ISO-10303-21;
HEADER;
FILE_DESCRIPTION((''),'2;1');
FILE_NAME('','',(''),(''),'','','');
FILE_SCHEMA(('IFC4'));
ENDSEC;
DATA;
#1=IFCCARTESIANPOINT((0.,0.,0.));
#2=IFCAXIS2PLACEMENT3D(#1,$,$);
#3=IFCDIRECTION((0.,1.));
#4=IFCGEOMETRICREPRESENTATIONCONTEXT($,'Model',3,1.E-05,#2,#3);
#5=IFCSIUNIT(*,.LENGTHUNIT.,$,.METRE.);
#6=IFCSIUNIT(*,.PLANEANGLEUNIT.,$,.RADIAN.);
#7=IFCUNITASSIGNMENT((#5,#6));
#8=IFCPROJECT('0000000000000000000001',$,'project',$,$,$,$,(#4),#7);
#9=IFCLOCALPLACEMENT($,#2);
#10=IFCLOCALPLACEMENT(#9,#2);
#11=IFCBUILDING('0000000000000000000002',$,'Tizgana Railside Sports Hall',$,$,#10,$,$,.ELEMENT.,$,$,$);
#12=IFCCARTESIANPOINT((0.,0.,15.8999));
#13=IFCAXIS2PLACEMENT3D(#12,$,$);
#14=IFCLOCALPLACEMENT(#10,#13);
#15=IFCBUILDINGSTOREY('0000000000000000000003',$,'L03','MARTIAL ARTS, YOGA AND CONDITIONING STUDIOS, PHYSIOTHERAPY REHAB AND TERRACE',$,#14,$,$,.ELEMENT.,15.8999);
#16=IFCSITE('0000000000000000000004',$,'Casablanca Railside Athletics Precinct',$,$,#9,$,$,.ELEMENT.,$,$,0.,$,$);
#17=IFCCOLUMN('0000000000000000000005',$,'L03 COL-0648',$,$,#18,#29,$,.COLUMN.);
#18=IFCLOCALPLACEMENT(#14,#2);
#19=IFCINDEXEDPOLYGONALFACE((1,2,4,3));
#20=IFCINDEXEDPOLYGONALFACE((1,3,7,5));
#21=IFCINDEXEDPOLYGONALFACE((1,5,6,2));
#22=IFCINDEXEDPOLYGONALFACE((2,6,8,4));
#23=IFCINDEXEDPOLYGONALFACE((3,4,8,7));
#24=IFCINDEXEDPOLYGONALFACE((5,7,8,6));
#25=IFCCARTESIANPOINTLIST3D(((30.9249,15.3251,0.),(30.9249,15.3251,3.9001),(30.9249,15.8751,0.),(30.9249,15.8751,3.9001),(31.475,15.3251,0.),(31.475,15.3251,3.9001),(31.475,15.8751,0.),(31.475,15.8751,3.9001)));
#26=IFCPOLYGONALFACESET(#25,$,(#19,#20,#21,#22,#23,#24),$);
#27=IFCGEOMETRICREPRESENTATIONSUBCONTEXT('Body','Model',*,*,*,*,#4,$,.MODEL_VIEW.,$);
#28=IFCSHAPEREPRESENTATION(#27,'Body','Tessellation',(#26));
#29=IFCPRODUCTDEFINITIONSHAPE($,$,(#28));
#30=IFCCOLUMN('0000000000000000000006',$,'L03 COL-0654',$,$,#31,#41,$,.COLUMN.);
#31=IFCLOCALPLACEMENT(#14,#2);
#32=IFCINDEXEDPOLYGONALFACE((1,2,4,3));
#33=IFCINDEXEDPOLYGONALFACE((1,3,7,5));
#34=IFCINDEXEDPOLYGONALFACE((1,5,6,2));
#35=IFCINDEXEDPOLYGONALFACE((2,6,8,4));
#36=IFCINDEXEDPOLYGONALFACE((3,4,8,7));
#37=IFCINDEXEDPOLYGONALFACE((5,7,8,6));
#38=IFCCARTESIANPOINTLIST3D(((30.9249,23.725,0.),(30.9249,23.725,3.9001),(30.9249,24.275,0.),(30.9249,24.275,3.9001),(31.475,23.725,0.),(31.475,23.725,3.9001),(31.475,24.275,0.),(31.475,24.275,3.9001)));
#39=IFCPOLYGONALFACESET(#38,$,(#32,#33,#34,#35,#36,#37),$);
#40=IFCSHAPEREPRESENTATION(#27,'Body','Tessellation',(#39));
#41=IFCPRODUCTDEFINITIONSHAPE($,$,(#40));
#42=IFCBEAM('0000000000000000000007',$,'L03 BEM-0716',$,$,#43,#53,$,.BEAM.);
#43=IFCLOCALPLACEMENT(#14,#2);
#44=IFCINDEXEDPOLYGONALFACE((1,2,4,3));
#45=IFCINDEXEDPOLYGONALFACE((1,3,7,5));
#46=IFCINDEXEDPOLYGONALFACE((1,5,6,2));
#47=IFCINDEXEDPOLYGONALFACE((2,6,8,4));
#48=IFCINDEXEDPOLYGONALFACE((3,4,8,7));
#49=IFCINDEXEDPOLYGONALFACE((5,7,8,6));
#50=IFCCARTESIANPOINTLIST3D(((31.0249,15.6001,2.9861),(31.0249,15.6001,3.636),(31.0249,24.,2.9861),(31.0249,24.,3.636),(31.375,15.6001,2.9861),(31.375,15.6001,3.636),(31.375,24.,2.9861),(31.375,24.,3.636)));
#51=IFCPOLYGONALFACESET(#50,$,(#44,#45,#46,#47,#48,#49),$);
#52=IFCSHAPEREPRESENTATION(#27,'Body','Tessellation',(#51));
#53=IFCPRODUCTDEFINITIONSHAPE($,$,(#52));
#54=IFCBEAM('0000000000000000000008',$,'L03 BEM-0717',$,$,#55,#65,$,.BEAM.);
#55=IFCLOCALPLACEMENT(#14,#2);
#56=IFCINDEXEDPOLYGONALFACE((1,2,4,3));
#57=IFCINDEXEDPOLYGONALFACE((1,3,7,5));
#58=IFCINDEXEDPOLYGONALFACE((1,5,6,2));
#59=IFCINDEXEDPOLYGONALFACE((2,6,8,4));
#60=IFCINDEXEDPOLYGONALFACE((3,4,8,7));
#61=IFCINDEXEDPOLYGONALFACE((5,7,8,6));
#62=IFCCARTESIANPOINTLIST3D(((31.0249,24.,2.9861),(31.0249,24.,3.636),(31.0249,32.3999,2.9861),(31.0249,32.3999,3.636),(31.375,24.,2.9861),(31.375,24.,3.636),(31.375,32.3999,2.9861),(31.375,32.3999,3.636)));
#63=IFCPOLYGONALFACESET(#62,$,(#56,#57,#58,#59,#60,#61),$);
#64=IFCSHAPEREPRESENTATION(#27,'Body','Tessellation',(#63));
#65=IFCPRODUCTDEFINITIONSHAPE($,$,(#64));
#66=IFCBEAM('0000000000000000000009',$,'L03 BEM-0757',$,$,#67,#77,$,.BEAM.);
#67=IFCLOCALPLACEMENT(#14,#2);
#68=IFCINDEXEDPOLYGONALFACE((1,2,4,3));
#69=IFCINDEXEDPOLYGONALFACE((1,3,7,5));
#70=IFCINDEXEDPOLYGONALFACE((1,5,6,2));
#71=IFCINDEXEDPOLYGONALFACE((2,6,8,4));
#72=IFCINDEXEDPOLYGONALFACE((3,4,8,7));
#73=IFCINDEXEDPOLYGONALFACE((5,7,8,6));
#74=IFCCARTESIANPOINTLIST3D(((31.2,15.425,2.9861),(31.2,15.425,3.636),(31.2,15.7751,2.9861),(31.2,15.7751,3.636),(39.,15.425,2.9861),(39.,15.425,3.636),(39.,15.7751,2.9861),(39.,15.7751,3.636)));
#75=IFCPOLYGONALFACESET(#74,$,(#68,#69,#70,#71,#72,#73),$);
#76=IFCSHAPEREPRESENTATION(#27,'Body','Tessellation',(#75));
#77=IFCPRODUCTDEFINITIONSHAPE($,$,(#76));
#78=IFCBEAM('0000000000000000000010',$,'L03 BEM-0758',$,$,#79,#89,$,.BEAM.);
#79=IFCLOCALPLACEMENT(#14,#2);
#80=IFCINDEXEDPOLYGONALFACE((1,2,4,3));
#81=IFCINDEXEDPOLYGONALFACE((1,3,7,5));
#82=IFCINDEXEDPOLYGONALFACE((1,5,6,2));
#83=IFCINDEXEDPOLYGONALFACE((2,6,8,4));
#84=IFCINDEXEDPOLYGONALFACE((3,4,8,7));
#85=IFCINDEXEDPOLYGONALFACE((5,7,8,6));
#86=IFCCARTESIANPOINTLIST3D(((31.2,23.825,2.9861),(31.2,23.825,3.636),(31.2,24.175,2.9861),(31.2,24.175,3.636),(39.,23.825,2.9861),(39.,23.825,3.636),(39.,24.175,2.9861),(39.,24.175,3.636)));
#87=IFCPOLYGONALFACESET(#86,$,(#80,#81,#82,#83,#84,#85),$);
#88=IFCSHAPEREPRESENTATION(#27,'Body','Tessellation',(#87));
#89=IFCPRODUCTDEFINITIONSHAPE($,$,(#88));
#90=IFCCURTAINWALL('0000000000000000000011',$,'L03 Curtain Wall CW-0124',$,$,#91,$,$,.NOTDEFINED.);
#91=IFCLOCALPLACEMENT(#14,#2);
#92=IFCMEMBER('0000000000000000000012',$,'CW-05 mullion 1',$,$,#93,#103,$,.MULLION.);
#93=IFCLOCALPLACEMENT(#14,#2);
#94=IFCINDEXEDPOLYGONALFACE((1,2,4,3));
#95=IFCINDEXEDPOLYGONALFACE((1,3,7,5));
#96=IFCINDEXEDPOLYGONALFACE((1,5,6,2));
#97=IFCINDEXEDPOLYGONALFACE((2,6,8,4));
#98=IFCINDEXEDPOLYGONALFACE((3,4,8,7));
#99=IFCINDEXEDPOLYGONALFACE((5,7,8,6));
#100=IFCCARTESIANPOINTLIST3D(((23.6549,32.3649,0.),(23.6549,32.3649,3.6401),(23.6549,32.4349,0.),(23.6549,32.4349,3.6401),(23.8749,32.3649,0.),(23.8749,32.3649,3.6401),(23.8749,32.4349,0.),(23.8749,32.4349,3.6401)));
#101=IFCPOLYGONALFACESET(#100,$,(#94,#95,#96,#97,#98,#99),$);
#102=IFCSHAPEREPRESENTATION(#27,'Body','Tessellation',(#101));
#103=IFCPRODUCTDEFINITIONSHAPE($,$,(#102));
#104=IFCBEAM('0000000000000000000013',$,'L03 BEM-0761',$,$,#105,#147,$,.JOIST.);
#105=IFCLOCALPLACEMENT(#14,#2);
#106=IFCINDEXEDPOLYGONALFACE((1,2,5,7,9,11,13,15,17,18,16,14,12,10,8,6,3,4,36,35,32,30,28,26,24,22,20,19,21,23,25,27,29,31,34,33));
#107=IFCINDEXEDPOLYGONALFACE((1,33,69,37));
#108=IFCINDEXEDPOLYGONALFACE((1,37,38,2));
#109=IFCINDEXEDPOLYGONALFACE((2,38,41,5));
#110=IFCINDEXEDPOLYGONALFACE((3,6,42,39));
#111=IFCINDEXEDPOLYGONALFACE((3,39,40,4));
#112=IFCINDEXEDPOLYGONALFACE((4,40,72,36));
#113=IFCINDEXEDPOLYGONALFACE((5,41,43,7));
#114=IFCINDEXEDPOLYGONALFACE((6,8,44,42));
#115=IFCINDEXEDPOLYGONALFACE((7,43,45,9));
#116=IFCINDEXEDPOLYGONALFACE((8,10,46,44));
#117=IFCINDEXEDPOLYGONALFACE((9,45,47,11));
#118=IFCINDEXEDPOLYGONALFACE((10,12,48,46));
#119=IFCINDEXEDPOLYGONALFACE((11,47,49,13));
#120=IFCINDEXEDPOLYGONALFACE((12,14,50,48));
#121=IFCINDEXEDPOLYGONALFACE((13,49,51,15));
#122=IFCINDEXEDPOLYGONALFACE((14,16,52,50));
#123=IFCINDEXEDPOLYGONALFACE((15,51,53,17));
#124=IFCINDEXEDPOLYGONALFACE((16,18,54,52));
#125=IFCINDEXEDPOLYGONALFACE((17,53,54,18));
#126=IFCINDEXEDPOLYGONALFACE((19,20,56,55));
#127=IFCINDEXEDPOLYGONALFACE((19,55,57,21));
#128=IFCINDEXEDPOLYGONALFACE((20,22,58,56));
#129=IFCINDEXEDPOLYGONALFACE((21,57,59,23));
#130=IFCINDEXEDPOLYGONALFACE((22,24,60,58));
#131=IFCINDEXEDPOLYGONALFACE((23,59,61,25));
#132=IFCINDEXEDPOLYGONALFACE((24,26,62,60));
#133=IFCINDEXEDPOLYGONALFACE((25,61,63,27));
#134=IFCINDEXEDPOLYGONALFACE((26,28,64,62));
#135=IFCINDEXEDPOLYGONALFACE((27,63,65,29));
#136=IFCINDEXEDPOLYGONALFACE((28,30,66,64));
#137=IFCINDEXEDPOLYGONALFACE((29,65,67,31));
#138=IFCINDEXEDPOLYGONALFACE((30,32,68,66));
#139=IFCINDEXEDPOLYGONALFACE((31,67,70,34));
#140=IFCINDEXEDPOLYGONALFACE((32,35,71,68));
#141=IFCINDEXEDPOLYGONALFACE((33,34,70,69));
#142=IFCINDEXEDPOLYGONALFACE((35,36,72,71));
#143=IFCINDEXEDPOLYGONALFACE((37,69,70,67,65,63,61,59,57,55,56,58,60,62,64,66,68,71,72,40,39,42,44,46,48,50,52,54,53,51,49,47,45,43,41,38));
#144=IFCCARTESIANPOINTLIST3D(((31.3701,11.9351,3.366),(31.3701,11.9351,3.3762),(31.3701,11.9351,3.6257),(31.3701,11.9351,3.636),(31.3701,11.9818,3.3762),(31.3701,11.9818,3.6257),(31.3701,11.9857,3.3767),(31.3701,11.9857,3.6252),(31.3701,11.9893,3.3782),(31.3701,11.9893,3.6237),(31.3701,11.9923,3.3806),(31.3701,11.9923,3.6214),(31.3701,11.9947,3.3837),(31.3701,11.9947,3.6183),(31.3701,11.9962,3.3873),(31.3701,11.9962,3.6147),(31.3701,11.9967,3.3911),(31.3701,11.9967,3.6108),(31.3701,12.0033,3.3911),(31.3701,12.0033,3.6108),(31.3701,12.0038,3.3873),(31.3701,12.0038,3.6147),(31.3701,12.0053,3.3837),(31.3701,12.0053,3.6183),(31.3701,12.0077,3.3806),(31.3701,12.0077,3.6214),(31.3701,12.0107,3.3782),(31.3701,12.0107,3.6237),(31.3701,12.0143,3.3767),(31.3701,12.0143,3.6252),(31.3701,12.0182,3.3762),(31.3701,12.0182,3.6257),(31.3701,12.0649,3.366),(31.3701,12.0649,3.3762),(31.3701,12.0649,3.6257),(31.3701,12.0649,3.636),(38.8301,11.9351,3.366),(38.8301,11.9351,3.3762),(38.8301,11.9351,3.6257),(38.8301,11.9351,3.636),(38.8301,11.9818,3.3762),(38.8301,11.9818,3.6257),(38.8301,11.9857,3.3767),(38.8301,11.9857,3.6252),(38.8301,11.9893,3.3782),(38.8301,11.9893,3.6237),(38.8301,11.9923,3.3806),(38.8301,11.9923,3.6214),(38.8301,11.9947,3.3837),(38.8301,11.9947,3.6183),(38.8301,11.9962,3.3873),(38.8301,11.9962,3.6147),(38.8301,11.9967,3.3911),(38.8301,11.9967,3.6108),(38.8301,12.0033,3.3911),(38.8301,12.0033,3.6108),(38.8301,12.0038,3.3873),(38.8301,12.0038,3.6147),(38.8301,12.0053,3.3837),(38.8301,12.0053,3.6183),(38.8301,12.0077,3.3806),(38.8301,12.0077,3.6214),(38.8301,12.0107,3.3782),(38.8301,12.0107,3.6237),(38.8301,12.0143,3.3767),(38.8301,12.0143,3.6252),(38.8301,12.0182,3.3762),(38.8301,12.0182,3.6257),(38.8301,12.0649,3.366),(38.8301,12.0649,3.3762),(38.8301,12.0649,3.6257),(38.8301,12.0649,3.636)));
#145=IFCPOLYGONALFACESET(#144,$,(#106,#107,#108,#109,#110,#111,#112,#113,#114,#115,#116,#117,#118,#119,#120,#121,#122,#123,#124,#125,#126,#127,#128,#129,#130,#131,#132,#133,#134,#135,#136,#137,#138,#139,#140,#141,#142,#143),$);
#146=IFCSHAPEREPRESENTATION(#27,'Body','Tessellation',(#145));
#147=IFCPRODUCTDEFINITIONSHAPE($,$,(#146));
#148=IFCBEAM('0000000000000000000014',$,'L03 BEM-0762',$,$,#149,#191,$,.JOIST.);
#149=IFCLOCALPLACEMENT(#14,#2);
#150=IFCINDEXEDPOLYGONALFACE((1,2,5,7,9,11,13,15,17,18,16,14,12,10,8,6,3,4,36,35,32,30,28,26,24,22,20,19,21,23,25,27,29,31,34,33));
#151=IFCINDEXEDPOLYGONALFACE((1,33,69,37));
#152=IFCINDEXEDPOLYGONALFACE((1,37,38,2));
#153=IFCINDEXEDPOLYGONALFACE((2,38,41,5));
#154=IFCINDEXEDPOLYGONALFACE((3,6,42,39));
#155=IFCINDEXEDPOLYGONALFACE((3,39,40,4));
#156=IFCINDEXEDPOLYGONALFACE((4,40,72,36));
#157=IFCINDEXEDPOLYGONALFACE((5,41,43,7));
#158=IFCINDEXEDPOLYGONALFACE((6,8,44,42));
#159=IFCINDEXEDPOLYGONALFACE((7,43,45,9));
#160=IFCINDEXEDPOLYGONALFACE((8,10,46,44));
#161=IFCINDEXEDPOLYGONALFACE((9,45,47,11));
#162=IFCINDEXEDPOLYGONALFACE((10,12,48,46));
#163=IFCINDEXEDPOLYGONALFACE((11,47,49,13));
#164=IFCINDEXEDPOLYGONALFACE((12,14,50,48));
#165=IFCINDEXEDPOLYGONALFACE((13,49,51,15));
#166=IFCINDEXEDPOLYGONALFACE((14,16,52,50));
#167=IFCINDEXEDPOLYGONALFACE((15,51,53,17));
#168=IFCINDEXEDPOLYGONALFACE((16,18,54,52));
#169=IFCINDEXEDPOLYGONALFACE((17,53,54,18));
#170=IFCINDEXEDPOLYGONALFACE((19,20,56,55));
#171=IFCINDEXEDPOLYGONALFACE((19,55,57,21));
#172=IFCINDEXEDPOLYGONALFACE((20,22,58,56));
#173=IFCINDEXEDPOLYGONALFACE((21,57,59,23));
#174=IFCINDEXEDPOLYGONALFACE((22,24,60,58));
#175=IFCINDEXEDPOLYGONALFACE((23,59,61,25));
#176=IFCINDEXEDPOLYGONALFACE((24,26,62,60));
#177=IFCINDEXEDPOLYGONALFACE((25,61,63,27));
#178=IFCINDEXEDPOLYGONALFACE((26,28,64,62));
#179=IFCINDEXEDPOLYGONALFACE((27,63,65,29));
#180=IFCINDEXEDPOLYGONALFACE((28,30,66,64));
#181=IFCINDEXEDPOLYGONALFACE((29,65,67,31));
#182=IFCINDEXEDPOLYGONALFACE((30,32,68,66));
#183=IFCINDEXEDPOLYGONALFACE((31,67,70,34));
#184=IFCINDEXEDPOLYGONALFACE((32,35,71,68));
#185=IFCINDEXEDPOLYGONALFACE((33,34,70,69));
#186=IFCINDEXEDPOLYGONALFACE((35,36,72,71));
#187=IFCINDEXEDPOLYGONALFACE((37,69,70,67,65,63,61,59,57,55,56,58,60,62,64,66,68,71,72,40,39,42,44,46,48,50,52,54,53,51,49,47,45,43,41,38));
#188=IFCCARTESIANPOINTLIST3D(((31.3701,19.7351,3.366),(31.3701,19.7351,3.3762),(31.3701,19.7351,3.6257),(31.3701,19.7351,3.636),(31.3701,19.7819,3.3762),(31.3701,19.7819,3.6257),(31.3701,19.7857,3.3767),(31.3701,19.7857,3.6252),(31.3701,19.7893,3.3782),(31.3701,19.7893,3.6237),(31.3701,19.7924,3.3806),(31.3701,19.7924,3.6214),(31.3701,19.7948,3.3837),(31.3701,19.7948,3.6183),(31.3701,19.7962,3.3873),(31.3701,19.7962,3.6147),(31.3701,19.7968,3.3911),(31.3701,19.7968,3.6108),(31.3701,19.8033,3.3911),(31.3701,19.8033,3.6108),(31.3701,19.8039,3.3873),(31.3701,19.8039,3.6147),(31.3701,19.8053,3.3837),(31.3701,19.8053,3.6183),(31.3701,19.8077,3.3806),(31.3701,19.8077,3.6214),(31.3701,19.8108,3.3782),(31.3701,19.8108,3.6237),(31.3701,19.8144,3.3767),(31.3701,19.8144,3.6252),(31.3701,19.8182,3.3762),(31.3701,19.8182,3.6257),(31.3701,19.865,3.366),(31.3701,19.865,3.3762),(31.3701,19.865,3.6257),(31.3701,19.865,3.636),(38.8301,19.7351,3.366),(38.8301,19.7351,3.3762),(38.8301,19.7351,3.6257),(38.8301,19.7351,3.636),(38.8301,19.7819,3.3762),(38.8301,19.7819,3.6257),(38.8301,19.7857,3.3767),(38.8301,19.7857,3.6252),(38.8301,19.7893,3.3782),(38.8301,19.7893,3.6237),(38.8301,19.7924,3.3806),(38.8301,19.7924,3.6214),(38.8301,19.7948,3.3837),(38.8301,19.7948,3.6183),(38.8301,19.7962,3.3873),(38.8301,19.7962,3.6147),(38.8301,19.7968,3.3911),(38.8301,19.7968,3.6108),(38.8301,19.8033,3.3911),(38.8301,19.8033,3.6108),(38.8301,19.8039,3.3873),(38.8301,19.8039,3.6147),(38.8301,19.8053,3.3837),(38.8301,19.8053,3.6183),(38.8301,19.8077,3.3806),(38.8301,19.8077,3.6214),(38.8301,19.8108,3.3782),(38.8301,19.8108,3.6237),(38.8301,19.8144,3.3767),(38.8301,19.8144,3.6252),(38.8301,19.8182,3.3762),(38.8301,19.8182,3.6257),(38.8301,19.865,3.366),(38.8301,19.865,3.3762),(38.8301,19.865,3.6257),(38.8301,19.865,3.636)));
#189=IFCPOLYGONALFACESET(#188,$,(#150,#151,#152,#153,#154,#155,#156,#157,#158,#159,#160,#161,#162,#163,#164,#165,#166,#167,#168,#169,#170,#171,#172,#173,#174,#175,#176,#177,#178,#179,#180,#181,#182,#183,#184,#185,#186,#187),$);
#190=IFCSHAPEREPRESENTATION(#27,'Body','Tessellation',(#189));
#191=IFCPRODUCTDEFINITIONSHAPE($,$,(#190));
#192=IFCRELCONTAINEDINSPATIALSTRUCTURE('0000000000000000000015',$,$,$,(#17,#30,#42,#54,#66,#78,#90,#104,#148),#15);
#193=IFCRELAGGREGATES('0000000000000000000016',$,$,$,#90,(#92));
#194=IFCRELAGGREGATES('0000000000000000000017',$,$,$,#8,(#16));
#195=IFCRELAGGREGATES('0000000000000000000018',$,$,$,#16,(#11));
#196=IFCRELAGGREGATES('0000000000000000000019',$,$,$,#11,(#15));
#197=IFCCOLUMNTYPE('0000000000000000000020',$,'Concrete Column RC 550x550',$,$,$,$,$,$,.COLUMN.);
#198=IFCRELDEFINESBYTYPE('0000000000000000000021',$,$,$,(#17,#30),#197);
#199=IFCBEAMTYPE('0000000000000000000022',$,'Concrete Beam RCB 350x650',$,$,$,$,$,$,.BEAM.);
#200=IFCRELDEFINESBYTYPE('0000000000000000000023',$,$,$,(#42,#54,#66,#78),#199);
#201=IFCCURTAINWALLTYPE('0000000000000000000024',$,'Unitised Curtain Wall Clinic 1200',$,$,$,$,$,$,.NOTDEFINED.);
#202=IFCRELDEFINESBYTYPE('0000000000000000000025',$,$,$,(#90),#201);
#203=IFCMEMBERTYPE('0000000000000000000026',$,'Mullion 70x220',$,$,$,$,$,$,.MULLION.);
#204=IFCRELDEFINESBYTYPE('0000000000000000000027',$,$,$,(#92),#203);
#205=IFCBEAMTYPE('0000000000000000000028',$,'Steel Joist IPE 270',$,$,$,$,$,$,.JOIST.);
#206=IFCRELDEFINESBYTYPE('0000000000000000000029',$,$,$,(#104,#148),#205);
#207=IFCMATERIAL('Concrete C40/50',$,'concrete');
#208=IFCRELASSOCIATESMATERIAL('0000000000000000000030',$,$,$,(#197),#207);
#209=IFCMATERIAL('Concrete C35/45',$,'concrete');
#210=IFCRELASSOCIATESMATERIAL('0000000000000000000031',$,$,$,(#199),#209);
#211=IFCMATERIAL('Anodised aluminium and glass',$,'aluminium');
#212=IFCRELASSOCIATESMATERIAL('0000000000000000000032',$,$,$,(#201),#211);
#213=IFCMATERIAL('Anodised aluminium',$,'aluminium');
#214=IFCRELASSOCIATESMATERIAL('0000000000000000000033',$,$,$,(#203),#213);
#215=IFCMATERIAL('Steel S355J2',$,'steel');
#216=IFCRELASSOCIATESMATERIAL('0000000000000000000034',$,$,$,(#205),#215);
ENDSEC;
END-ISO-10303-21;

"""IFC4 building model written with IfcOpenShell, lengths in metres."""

from ifc_helpers import new_model, si_unit, direction, frame, origin, origin_2d, place, context, subcontext, project, spatial, rectangle, i_section, extrude, material, material_profile, profile_set, type_object, element, aggregate, save


model = new_model("IFC4")

# Units and contexts
model_context = context("Model", 3, precision=1e-05, world=origin(), true_north=direction((0.0, 1.0)))
body_context = subcontext(model_context, "Body", "Model", "MODEL_VIEW")
ifc_project = project(units=[si_unit("LENGTHUNIT", "METRE"), si_unit("PLANEANGLEUNIT", "RADIAN")], contexts=[model_context])

# Site, building, storey
site_placement = place(None, origin())
site = spatial("IfcSite", under=ifc_project, at=site_placement, Name="Casablanca Railside Athletics Precinct", CompositionType="ELEMENT", RefElevation=0.0)
building_placement = place(site_placement, origin())
building = spatial("IfcBuilding", under=site, at=building_placement, Name="Tizgana Railside Sports Hall", CompositionType="ELEMENT")
storey_placement = place(building_placement, frame((0.0, 0.0, 15.8999)))
storey = spatial("IfcBuildingStorey", under=building, at=storey_placement, Name="L03", Description="MARTIAL ARTS, YOGA AND CONDITIONING STUDIOS, PHYSIOTHERAPY REHAB AND TERRACE", CompositionType="ELEMENT", Elevation=15.8999)

# Columns
ifc_material_1 = material(Name="Concrete C40/50", Category="concrete")
ifc_material_profile_1 = material_profile(ifc_material_1, rectangle(XDim=0.55, YDim=0.55, at=origin_2d()), Name="RC 550x550")
ifc_profile_set_1 = profile_set([ifc_material_profile_1], Name="Concrete C40/50")
column_type = type_object("IfcColumnType", Name="Concrete Column RC 550x550", PredefinedType="COLUMN", material=ifc_profile_set_1)
for number, where, z_axis, x_axis, name in (
    (1, (31.2, 15.6001, 0.0), (0.0, 0.0, 1.0), (1.0, 0.0, 0.0), "L03 COL-0648"),
    (2, (31.2, 24.0, 0.0), (0.0, 0.0, 1.0), (1.0, 0.0, 0.0), "L03 COL-0654"),
):
    element("IfcColumn", number, at=place(storey_placement, frame(where, z_axis=z_axis, x_axis=x_axis)), inside=storey, type_object=column_type, Name=name, PredefinedType="COLUMN", context=body_context, shape_type="SweptSolid", body=[
        extrude(rectangle(XDim=0.55, YDim=0.55, at=origin_2d()), origin(), (0.0, 0.0, 1.0), 3.9001),
    ])

# Beams
ifc_material_2 = material(Name="Concrete C35/45", Category="concrete")
ifc_material_profile_2 = material_profile(ifc_material_2, rectangle(XDim=0.3501, YDim=0.6499, at=origin_2d()), Name="RCB 350x650")
ifc_profile_set_2 = profile_set([ifc_material_profile_2], Name="Concrete C35/45")
beam_type_1 = type_object("IfcBeamType", Name="Concrete Beam RCB 350x650", PredefinedType="BEAM", material=ifc_profile_set_2)
for number, where, z_axis, x_axis, name in (
    (3, (31.2, 15.6001, 3.311), (0.0, 1.0, 0.0), (-1.0, 0.0, 0.0), "L03 BEM-0716"),
    (4, (31.2, 24.0, 3.311), (0.0, 1.0, 0.0), (-1.0, 0.0, 0.0), "L03 BEM-0717"),
):
    element("IfcBeam", number, at=place(storey_placement, frame(where, z_axis=z_axis, x_axis=x_axis)), inside=storey, type_object=beam_type_1, Name=name, PredefinedType="BEAM", context=body_context, shape_type="SweptSolid", body=[
        extrude(rectangle(XDim=0.3501, YDim=0.6499, at=origin_2d()), origin(), (0.0, 0.0, 1.0), 8.3999),
    ])
for number, where, z_axis, x_axis, name in (
    (5, (31.2, 15.6001, 3.311), (1.0, 0.0, 0.0), (0.0, 1.0, 0.0), "L03 BEM-0757"),
    (6, (31.2, 24.0, 3.311), (1.0, 0.0, 0.0), (0.0, 1.0, 0.0), "L03 BEM-0758"),
):
    element("IfcBeam", number, at=place(storey_placement, frame(where, z_axis=z_axis, x_axis=x_axis)), inside=storey, type_object=beam_type_1, Name=name, PredefinedType="BEAM", context=body_context, shape_type="SweptSolid", body=[
        extrude(rectangle(XDim=0.3501, YDim=0.6499, at=origin_2d()), origin(), (0.0, 0.0, 1.0), 7.8),
    ])

# Curtain wall, member
ifc_material_3 = material(Name="Anodised aluminium and glass", Category="aluminium")
curtain_wall_type = type_object("IfcCurtainWallType", Name="Unitised Curtain Wall Clinic 1200", PredefinedType="NOTDEFINED", material=ifc_material_3)
curtain_wall_placement = place(storey_placement, origin())
curtain_wall = element("IfcCurtainWall", 7, at=curtain_wall_placement, inside=storey, type_object=curtain_wall_type, Name="L03 Curtain Wall CW-0124", PredefinedType="NOTDEFINED")
ifc_material_4 = material(Name="Anodised aluminium", Category="aluminium")
ifc_material_profile_3 = material_profile(ifc_material_4, rectangle(XDim=0.0701, YDim=0.22, at=origin_2d()), Name="Mullion 70x220")
ifc_profile_set_3 = profile_set([ifc_material_profile_3], Name="Anodised aluminium")
member_type = type_object("IfcMemberType", Name="Mullion 70x220", PredefinedType="MULLION", material=ifc_profile_set_3)
member_placement = place(storey_placement, frame((23.7649, 32.3999, 0.0), z_axis=(0.0, 0.0, 1.0), x_axis=(0.0, 1.0, 0.0)))
member = element("IfcMember", 8, at=member_placement, type_object=member_type, Name="CW-05 mullion 1", PredefinedType="MULLION", context=body_context, shape_type="SweptSolid", body=[
    extrude(rectangle(XDim=0.0701, YDim=0.22, at=origin_2d()), origin(), (0.0, 0.0, 1.0), 3.6401),
])
aggregate(curtain_wall, [member])

# Beams
ifc_material_5 = material(Name="Steel S355J2", Category="steel")
ifc_material_profile_4 = material_profile(ifc_material_5, i_section(OverallWidth=0.1299, OverallDepth=0.27, WebThickness=0.0066, FlangeThickness=0.0103, FilletRadius=0.0149, at=origin_2d()), Name="IPE 270")
ifc_profile_set_4 = profile_set([ifc_material_profile_4], Name="Steel S355J2")
beam_type_2 = type_object("IfcBeamType", Name="Steel Joist IPE 270", PredefinedType="JOIST", material=ifc_profile_set_4)
for number, where, z_axis, x_axis, name in (
    (9, (31.3701, 12.0, 3.501), (1.0, 0.0, 0.0), (0.0, 1.0, 0.0), "L03 BEM-0761"),
    (10, (31.3701, 19.8, 3.501), (1.0, 0.0, 0.0), (0.0, 1.0, 0.0), "L03 BEM-0762"),
):
    element("IfcBeam", number, at=place(storey_placement, frame(where, z_axis=z_axis, x_axis=x_axis)), inside=storey, type_object=beam_type_2, Name=name, PredefinedType="JOIST", context=body_context, shape_type="SweptSolid", body=[
        extrude(i_section(OverallWidth=0.1299, OverallDepth=0.27, WebThickness=0.0066, FlangeThickness=0.0103, FilletRadius=0.0149, at=origin_2d()), origin(), (0.0, 0.0, 1.0), 7.46),
    ])

save(model, "model.ifc")
